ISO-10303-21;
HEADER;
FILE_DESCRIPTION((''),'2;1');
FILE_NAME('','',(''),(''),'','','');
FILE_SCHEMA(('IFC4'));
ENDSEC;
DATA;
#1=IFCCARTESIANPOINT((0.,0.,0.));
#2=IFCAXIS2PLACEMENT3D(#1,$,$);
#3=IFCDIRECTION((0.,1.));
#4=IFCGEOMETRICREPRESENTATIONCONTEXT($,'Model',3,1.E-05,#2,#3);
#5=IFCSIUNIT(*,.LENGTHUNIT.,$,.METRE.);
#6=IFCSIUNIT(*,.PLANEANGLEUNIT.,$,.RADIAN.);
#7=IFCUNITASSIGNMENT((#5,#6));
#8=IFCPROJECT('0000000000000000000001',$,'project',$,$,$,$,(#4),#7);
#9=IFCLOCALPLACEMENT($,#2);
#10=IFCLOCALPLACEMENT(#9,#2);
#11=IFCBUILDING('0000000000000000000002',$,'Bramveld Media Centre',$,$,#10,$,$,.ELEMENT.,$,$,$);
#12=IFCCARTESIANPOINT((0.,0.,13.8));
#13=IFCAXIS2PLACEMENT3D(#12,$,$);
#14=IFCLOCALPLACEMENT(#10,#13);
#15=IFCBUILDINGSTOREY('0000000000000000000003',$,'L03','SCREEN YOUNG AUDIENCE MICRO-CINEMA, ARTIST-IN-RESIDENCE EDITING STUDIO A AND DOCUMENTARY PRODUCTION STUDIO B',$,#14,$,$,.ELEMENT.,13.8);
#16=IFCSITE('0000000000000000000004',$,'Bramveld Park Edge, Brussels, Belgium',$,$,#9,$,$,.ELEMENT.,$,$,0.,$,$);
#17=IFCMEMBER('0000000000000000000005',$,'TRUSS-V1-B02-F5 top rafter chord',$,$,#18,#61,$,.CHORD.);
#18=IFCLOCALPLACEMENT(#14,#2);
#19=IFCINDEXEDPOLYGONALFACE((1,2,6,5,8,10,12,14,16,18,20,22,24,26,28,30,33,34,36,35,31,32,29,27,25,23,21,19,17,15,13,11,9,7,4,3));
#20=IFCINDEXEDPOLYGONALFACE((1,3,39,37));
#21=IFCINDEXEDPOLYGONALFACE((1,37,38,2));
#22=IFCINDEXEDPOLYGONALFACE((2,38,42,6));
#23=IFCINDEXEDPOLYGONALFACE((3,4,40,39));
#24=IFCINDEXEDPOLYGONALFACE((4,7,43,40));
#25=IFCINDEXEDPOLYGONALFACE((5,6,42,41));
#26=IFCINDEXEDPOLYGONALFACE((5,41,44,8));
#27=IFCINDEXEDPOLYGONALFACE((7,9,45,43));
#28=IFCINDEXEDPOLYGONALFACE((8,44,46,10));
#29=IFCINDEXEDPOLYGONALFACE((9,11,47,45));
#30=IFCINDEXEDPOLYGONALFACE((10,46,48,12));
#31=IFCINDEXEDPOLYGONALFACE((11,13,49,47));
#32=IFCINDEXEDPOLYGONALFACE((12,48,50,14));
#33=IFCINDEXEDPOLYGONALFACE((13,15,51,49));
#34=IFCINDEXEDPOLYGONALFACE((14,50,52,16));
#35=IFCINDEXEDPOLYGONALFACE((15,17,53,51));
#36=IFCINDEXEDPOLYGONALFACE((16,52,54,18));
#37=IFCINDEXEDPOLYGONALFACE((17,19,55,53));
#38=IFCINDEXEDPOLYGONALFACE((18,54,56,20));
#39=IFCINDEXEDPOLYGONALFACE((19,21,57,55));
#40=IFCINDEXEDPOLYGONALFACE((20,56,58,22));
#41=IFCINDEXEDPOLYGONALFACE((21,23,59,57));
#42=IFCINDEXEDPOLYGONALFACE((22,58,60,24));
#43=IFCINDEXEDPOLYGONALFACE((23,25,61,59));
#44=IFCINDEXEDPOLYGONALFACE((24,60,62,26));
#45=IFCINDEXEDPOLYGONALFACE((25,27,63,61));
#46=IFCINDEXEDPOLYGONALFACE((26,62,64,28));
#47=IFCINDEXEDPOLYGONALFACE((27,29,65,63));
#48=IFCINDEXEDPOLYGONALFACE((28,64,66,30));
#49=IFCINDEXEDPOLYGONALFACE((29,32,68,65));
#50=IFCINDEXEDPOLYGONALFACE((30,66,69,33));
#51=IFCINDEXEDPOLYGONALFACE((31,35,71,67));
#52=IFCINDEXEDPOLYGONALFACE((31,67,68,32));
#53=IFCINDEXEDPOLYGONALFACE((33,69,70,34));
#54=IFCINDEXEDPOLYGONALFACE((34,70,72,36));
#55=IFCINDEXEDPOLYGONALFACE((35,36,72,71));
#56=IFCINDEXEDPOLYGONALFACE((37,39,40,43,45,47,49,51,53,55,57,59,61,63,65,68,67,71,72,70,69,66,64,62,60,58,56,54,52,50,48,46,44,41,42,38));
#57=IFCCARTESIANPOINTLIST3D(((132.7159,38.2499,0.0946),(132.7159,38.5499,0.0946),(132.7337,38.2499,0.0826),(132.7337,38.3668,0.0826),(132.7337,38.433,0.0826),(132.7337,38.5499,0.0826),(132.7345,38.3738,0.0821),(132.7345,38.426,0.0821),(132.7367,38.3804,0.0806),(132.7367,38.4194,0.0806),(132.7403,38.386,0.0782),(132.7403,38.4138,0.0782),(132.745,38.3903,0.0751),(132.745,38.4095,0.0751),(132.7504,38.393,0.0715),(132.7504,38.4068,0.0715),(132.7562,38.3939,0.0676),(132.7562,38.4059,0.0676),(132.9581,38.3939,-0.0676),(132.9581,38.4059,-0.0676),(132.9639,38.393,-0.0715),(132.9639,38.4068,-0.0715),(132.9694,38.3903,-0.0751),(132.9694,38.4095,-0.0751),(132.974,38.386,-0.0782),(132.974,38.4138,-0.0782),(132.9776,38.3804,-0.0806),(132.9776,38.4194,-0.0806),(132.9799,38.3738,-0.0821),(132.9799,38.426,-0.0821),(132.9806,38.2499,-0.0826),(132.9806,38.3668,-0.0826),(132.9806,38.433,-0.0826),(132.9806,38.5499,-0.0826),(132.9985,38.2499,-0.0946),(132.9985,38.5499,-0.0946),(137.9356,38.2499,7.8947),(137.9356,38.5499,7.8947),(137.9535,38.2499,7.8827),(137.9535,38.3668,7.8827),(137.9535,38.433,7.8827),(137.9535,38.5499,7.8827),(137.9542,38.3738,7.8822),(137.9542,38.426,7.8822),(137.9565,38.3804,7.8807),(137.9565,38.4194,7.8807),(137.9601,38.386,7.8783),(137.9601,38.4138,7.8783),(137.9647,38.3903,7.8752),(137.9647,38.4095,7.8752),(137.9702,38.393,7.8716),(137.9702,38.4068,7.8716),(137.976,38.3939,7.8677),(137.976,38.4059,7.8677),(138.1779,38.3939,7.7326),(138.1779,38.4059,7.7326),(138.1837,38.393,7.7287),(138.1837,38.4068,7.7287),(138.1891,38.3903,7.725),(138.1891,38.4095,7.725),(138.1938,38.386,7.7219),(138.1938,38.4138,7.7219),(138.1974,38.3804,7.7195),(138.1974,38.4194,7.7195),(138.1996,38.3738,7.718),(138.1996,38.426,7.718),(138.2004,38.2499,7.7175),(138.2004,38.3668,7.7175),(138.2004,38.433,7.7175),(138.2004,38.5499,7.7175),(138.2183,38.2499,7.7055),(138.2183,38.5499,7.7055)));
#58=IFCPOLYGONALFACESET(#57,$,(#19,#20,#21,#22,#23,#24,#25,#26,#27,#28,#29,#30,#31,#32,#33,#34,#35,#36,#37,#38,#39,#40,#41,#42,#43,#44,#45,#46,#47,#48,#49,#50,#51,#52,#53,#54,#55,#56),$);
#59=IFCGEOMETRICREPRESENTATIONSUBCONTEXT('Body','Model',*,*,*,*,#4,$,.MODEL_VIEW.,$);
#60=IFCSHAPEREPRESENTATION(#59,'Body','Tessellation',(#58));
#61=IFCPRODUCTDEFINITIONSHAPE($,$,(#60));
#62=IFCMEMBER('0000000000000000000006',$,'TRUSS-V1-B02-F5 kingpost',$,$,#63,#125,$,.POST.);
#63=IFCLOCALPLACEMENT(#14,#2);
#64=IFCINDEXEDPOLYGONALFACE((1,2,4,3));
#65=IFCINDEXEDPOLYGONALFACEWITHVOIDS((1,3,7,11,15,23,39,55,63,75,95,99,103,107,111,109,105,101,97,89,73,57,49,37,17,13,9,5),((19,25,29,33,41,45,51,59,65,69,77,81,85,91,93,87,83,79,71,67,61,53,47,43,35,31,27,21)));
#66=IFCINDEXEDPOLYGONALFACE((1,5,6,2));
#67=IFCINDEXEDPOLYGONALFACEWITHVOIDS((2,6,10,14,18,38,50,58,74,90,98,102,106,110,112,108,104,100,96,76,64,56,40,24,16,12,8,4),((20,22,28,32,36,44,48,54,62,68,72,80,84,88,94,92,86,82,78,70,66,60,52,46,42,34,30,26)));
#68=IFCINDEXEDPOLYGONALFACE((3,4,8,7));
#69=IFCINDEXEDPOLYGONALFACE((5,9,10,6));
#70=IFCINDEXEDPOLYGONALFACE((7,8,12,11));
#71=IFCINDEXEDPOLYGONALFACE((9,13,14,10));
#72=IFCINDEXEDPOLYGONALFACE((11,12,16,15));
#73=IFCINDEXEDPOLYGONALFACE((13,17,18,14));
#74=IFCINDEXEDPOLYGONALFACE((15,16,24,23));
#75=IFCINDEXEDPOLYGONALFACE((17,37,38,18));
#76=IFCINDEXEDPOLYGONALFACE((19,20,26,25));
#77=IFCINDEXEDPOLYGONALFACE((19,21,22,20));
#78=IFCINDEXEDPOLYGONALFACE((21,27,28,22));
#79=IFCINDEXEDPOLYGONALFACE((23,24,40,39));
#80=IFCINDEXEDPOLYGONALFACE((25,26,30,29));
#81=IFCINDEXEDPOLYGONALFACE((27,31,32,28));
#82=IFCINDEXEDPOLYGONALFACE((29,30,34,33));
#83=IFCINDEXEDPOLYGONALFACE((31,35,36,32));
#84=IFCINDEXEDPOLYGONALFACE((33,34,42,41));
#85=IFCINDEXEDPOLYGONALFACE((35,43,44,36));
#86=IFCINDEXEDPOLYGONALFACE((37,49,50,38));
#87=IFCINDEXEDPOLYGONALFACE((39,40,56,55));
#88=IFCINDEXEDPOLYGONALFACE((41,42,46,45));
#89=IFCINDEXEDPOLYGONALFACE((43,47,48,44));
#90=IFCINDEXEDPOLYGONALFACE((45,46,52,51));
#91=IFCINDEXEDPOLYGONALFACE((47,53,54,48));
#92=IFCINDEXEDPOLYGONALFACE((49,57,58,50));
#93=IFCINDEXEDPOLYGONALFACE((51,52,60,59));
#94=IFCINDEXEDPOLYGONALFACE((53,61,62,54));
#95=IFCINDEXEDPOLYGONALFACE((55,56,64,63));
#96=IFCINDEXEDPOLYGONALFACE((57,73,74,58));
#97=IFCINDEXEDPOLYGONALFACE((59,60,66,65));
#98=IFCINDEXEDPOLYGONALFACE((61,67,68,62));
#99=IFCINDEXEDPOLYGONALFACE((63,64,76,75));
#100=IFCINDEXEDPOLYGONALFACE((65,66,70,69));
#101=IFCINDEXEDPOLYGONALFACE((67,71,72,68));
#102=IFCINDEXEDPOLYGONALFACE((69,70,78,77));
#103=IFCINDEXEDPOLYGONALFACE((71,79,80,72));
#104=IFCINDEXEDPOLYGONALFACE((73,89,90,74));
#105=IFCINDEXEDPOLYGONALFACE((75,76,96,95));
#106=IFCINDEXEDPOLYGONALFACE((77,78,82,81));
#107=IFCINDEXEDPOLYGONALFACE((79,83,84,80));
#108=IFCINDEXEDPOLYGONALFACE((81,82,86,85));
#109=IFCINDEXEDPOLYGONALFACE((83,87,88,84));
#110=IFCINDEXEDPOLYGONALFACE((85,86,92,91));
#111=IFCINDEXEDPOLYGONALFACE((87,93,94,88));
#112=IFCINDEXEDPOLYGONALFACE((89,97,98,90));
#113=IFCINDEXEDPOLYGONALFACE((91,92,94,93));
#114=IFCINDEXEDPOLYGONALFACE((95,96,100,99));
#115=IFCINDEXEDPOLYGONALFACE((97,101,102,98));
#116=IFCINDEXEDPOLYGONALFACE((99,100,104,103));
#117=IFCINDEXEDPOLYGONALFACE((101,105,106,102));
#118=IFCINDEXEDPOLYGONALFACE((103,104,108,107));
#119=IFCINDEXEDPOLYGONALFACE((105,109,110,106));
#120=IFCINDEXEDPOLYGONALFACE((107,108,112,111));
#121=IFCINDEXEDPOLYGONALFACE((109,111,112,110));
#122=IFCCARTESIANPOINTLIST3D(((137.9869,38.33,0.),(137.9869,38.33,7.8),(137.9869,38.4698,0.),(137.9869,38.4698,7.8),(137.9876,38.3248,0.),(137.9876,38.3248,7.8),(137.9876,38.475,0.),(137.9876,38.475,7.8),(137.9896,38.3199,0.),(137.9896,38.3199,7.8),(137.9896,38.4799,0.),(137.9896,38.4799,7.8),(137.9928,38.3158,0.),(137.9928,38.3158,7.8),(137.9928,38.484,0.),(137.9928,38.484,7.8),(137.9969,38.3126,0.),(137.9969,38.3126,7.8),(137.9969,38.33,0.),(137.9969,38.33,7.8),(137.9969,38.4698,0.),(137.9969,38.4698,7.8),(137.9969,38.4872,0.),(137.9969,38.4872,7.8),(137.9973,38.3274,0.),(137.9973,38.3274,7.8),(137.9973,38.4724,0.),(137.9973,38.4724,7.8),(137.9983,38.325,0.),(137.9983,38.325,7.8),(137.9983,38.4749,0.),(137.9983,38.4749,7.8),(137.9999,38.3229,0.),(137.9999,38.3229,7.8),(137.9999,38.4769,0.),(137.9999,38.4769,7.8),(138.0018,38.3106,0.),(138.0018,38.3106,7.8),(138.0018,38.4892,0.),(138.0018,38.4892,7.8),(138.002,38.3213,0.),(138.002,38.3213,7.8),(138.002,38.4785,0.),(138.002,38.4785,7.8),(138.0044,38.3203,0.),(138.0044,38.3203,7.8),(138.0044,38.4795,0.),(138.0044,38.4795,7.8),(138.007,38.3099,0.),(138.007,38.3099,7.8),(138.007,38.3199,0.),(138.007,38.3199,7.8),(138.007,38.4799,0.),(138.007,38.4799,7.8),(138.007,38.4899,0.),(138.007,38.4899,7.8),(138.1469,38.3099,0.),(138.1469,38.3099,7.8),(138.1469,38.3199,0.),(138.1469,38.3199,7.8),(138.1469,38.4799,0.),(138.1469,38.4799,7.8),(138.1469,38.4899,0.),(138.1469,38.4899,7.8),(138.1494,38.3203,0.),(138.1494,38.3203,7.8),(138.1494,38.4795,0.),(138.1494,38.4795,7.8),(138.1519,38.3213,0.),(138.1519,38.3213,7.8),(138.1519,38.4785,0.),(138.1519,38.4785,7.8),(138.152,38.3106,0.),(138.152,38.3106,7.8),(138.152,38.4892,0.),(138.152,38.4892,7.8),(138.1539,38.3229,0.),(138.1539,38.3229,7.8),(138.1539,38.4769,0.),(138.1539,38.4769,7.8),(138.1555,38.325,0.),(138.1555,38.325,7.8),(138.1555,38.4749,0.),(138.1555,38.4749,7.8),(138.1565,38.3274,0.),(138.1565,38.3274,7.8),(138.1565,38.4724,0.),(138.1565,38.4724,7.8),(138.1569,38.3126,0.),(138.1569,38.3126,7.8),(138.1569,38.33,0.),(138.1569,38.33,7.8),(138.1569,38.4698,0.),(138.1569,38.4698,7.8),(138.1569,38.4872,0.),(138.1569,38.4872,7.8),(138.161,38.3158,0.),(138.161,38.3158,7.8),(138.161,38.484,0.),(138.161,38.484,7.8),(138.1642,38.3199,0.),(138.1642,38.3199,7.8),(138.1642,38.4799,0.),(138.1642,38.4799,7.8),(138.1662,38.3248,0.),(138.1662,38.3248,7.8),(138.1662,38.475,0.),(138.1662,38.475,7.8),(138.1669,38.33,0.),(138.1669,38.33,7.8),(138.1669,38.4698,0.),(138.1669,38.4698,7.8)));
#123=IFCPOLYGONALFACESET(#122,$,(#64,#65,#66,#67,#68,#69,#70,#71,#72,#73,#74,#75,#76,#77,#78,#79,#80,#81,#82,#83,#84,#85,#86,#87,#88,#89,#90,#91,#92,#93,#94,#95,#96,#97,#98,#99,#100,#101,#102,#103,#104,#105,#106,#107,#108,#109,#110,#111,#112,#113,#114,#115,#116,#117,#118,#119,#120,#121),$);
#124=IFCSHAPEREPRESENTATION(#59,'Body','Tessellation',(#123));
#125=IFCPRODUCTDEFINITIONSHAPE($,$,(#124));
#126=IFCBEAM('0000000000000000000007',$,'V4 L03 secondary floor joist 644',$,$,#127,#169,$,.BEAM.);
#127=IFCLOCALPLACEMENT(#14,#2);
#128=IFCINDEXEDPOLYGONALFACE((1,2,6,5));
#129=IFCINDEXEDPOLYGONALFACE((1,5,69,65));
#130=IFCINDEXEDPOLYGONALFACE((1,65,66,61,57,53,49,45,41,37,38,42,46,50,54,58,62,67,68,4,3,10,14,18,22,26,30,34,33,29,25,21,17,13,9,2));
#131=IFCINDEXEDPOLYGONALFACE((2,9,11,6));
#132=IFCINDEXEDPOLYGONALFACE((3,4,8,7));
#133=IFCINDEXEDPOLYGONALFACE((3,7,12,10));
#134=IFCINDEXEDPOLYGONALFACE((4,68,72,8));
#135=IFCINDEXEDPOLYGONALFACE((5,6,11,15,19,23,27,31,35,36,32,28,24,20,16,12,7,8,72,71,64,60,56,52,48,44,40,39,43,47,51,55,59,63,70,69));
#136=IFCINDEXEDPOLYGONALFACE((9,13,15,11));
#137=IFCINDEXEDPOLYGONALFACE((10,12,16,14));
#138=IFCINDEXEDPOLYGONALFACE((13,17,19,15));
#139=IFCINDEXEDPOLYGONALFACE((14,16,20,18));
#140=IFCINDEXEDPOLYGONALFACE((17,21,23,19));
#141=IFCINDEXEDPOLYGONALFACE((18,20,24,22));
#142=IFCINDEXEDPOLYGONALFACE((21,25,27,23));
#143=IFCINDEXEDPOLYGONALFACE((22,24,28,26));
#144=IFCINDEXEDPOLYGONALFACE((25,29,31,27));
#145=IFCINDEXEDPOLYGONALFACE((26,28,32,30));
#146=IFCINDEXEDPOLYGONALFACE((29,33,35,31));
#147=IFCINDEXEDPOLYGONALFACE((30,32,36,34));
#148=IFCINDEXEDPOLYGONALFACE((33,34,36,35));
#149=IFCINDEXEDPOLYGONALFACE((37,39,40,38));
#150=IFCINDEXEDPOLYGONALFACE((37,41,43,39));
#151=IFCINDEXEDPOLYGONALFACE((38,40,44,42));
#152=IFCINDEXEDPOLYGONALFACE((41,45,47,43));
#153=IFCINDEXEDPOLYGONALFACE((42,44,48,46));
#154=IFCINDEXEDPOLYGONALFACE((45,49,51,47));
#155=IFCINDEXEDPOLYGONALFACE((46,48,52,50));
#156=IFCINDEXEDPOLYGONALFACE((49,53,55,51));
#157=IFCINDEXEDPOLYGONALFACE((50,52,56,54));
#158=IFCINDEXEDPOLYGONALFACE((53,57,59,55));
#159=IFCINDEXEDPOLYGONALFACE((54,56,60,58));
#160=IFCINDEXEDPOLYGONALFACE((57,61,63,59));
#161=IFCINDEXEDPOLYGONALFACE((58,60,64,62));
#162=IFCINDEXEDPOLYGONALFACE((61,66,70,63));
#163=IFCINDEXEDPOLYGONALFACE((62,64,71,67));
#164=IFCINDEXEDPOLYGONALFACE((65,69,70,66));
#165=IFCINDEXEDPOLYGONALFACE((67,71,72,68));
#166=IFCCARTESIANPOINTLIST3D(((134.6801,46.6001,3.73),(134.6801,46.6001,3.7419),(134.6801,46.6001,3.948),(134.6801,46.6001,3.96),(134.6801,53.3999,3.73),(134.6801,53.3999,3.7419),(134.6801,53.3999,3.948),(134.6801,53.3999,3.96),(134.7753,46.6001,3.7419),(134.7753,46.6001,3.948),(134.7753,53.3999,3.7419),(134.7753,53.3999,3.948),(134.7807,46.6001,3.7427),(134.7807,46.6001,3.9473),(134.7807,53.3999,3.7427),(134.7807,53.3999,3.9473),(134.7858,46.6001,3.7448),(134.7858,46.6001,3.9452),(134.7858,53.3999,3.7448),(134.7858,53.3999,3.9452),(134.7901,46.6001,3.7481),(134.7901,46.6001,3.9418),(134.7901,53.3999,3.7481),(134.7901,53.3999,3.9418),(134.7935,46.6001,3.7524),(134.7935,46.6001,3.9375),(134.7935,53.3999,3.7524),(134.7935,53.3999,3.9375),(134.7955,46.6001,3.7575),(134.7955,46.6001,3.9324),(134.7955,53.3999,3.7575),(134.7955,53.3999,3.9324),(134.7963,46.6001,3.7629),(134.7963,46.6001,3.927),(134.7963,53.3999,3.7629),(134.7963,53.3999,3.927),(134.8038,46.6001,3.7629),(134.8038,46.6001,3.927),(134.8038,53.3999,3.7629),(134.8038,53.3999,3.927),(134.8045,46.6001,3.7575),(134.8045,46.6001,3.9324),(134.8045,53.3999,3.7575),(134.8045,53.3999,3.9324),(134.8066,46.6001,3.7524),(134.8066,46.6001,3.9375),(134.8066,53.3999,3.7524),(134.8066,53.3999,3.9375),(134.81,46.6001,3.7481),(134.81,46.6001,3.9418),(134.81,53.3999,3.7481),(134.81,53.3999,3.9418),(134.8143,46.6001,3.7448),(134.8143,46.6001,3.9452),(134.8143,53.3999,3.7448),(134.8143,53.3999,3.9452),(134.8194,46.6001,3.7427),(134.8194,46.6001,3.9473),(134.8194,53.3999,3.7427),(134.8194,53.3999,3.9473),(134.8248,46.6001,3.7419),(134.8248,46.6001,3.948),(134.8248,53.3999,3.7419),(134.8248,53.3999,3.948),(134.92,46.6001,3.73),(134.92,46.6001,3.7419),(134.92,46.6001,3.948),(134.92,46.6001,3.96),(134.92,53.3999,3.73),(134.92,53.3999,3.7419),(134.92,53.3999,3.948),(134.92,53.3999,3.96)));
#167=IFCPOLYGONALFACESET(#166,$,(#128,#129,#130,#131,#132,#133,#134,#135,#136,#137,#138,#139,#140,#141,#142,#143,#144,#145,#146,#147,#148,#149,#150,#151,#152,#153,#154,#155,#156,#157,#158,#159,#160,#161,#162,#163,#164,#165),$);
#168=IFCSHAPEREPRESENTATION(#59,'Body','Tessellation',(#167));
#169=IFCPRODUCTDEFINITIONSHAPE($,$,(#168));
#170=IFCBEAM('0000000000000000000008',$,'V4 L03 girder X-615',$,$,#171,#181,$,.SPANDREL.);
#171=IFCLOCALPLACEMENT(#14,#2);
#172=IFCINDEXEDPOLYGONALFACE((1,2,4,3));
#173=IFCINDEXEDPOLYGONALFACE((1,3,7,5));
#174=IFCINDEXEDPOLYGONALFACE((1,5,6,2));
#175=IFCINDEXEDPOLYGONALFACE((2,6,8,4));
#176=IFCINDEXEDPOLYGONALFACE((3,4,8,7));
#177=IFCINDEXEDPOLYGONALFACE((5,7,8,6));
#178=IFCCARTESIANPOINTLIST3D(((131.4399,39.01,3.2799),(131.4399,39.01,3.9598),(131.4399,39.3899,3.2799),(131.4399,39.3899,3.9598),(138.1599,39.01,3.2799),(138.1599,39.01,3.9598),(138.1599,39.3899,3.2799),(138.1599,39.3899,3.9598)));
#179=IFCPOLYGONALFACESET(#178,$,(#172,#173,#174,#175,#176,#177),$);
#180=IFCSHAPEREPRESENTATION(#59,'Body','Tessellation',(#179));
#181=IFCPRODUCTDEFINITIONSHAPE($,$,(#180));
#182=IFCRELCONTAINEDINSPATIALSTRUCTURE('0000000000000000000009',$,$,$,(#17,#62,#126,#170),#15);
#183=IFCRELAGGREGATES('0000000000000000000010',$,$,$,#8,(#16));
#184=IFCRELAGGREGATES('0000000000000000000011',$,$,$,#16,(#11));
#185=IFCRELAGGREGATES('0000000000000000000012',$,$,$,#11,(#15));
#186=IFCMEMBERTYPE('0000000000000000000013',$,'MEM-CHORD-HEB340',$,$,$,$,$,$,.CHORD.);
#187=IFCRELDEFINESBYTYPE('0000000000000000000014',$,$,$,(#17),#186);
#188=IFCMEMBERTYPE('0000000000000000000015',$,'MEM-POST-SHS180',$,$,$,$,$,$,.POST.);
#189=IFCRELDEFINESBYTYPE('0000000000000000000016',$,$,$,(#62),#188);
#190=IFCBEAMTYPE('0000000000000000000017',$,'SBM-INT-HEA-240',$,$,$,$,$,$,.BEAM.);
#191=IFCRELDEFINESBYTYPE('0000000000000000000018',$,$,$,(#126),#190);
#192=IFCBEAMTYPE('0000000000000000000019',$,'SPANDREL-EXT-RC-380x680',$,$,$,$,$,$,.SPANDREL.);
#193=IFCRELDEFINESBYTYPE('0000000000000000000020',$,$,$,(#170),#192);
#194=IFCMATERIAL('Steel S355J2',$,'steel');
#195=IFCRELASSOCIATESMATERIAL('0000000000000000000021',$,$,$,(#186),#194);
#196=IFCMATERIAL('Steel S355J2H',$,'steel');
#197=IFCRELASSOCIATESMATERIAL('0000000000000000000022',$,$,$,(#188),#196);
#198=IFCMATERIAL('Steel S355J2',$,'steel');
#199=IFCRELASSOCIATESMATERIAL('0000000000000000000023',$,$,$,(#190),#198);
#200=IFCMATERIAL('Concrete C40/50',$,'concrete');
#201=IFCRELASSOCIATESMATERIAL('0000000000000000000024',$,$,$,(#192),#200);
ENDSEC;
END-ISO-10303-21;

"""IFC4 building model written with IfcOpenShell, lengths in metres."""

from ifc_helpers import new_model, si_unit, direction, frame, origin, origin_2d, place, context, subcontext, project, spatial, rectangle, hollow_rectangle, i_section, extrude, material, material_profile, profile_set, type_object, element, save


model = new_model("IFC4")

# Units and contexts
model_context = context("Model", 3, precision=1e-05, world=origin(), true_north=direction((0.0, 1.0)))
body_context = subcontext(model_context, "Body", "Model", "MODEL_VIEW")
ifc_project = project(units=[si_unit("LENGTHUNIT", "METRE"), si_unit("PLANEANGLEUNIT", "RADIAN")], contexts=[model_context])

# Site, building, storey
site_placement = place(None, origin())
site = spatial("IfcSite", under=ifc_project, at=site_placement, Name="Bramveld Park Edge, Brussels, Belgium", CompositionType="ELEMENT", RefElevation=0.0)
building_placement = place(site_placement, origin())
building = spatial("IfcBuilding", under=site, at=building_placement, Name="Bramveld Media Centre", CompositionType="ELEMENT")
storey_placement = place(building_placement, frame((0.0, 0.0, 13.8)))
storey = spatial("IfcBuildingStorey", under=building, at=storey_placement, Name="L03", Description="SCREEN YOUNG AUDIENCE MICRO-CINEMA, ARTIST-IN-RESIDENCE EDITING STUDIO A AND DOCUMENTARY PRODUCTION STUDIO B", CompositionType="ELEMENT", Elevation=13.8)

# Members
ifc_material_1 = material(Name="Steel S355J2", Category="steel")
ifc_material_profile_1 = material_profile(ifc_material_1, i_section(OverallWidth=0.3, OverallDepth=0.3401, WebThickness=0.012, FlangeThickness=0.0215, FilletRadius=0.0271, at=origin_2d()), Name="HEB 340")
ifc_profile_set_1 = profile_set([ifc_material_profile_1], Name="Steel S355J2")
member_type_1 = type_object("IfcMemberType", Name="MEM-CHORD-HEB340", PredefinedType="CHORD", material=ifc_profile_set_1)
member_1_placement = place(storey_placement, frame((132.8572, 38.3999, 0.0), z_axis=(0.556152, 0.0, 0.831081), x_axis=(0.0, 1.0, 0.0)))
element("IfcMember", 1, at=member_1_placement, inside=storey, type_object=member_type_1, Name="TRUSS-V1-B02-F5 top rafter chord", PredefinedType="CHORD", context=body_context, shape_type="SweptSolid", body=[
    extrude(i_section(OverallWidth=0.3, OverallDepth=0.3401, WebThickness=0.012, FlangeThickness=0.0215, FilletRadius=0.0271, at=origin_2d()), origin(), (0.0, 0.0, 1.0), 9.3855),
])
ifc_material_2 = material(Name="Steel S355J2H", Category="steel")
ifc_material_profile_2 = material_profile(ifc_material_2, hollow_rectangle(XDim=0.1799, YDim=0.1799, WallThickness=0.01, InnerFilletRadius=0.01, OuterFilletRadius=0.02, at=origin_2d()), Name="SHS 180x180x10")
ifc_profile_set_2 = profile_set([ifc_material_profile_2], Name="Steel S355J2H")
member_type_2 = type_object("IfcMemberType", Name="MEM-POST-SHS180", PredefinedType="POST", material=ifc_profile_set_2)
member_2_placement = place(storey_placement, frame((138.0769, 38.3999, 0.0), z_axis=(0.0, 0.0, 1.0), x_axis=(1.0, 0.0, 0.0)))
element("IfcMember", 2, at=member_2_placement, inside=storey, type_object=member_type_2, Name="TRUSS-V1-B02-F5 kingpost", PredefinedType="POST", context=body_context, shape_type="SweptSolid", body=[
    extrude(hollow_rectangle(XDim=0.1799, YDim=0.1799, WallThickness=0.01, InnerFilletRadius=0.01, OuterFilletRadius=0.02, at=origin_2d()), origin(), (0.0, 0.0, 1.0), 7.8),
])

# Beams
ifc_material_3 = material(Name="Steel S355J2", Category="steel")
ifc_material_profile_3 = material_profile(ifc_material_3, i_section(OverallWidth=0.24, OverallDepth=0.23, WebThickness=0.0076, FlangeThickness=0.012, FilletRadius=0.021, at=origin_2d()), Name="HEA 240")
ifc_profile_set_3 = profile_set([ifc_material_profile_3], Name="Steel S355J2")
beam_type_1 = type_object("IfcBeamType", Name="SBM-INT-HEA-240", PredefinedType="BEAM", material=ifc_profile_set_3)
beam_1_placement = place(storey_placement, frame((134.8, 46.6001, 3.845), z_axis=(0.0, 1.0, 0.0), x_axis=(-1.0, 0.0, 0.0)))
element("IfcBeam", 3, at=beam_1_placement, inside=storey, type_object=beam_type_1, Name="V4 L03 secondary floor joist 644", PredefinedType="BEAM", context=body_context, shape_type="SweptSolid", body=[
    extrude(i_section(OverallWidth=0.24, OverallDepth=0.23, WebThickness=0.0076, FlangeThickness=0.012, FilletRadius=0.021, at=origin_2d()), origin(), (0.0, 0.0, 1.0), 6.7998),
])
ifc_material_4 = material(Name="Concrete C40/50", Category="concrete")
ifc_material_profile_4 = material_profile(ifc_material_4, rectangle(XDim=0.3799, YDim=0.6799, at=origin_2d()), Name="RC 380x680")
ifc_profile_set_4 = profile_set([ifc_material_profile_4], Name="Concrete C40/50")
beam_type_2 = type_object("IfcBeamType", Name="SPANDREL-EXT-RC-380x680", PredefinedType="SPANDREL", material=ifc_profile_set_4)
beam_2_placement = place(storey_placement, frame((131.4399, 39.2, 3.6199), z_axis=(1.0, 0.0, 0.0), x_axis=(0.0, 1.0, 0.0)))
element("IfcBeam", 4, at=beam_2_placement, inside=storey, type_object=beam_type_2, Name="V4 L03 girder X-615", PredefinedType="SPANDREL", context=body_context, shape_type="SweptSolid", body=[
    extrude(rectangle(XDim=0.3799, YDim=0.6799, at=origin_2d()), origin(), (0.0, 0.0, 1.0), 6.72),
])

save(model, "model.ifc")
